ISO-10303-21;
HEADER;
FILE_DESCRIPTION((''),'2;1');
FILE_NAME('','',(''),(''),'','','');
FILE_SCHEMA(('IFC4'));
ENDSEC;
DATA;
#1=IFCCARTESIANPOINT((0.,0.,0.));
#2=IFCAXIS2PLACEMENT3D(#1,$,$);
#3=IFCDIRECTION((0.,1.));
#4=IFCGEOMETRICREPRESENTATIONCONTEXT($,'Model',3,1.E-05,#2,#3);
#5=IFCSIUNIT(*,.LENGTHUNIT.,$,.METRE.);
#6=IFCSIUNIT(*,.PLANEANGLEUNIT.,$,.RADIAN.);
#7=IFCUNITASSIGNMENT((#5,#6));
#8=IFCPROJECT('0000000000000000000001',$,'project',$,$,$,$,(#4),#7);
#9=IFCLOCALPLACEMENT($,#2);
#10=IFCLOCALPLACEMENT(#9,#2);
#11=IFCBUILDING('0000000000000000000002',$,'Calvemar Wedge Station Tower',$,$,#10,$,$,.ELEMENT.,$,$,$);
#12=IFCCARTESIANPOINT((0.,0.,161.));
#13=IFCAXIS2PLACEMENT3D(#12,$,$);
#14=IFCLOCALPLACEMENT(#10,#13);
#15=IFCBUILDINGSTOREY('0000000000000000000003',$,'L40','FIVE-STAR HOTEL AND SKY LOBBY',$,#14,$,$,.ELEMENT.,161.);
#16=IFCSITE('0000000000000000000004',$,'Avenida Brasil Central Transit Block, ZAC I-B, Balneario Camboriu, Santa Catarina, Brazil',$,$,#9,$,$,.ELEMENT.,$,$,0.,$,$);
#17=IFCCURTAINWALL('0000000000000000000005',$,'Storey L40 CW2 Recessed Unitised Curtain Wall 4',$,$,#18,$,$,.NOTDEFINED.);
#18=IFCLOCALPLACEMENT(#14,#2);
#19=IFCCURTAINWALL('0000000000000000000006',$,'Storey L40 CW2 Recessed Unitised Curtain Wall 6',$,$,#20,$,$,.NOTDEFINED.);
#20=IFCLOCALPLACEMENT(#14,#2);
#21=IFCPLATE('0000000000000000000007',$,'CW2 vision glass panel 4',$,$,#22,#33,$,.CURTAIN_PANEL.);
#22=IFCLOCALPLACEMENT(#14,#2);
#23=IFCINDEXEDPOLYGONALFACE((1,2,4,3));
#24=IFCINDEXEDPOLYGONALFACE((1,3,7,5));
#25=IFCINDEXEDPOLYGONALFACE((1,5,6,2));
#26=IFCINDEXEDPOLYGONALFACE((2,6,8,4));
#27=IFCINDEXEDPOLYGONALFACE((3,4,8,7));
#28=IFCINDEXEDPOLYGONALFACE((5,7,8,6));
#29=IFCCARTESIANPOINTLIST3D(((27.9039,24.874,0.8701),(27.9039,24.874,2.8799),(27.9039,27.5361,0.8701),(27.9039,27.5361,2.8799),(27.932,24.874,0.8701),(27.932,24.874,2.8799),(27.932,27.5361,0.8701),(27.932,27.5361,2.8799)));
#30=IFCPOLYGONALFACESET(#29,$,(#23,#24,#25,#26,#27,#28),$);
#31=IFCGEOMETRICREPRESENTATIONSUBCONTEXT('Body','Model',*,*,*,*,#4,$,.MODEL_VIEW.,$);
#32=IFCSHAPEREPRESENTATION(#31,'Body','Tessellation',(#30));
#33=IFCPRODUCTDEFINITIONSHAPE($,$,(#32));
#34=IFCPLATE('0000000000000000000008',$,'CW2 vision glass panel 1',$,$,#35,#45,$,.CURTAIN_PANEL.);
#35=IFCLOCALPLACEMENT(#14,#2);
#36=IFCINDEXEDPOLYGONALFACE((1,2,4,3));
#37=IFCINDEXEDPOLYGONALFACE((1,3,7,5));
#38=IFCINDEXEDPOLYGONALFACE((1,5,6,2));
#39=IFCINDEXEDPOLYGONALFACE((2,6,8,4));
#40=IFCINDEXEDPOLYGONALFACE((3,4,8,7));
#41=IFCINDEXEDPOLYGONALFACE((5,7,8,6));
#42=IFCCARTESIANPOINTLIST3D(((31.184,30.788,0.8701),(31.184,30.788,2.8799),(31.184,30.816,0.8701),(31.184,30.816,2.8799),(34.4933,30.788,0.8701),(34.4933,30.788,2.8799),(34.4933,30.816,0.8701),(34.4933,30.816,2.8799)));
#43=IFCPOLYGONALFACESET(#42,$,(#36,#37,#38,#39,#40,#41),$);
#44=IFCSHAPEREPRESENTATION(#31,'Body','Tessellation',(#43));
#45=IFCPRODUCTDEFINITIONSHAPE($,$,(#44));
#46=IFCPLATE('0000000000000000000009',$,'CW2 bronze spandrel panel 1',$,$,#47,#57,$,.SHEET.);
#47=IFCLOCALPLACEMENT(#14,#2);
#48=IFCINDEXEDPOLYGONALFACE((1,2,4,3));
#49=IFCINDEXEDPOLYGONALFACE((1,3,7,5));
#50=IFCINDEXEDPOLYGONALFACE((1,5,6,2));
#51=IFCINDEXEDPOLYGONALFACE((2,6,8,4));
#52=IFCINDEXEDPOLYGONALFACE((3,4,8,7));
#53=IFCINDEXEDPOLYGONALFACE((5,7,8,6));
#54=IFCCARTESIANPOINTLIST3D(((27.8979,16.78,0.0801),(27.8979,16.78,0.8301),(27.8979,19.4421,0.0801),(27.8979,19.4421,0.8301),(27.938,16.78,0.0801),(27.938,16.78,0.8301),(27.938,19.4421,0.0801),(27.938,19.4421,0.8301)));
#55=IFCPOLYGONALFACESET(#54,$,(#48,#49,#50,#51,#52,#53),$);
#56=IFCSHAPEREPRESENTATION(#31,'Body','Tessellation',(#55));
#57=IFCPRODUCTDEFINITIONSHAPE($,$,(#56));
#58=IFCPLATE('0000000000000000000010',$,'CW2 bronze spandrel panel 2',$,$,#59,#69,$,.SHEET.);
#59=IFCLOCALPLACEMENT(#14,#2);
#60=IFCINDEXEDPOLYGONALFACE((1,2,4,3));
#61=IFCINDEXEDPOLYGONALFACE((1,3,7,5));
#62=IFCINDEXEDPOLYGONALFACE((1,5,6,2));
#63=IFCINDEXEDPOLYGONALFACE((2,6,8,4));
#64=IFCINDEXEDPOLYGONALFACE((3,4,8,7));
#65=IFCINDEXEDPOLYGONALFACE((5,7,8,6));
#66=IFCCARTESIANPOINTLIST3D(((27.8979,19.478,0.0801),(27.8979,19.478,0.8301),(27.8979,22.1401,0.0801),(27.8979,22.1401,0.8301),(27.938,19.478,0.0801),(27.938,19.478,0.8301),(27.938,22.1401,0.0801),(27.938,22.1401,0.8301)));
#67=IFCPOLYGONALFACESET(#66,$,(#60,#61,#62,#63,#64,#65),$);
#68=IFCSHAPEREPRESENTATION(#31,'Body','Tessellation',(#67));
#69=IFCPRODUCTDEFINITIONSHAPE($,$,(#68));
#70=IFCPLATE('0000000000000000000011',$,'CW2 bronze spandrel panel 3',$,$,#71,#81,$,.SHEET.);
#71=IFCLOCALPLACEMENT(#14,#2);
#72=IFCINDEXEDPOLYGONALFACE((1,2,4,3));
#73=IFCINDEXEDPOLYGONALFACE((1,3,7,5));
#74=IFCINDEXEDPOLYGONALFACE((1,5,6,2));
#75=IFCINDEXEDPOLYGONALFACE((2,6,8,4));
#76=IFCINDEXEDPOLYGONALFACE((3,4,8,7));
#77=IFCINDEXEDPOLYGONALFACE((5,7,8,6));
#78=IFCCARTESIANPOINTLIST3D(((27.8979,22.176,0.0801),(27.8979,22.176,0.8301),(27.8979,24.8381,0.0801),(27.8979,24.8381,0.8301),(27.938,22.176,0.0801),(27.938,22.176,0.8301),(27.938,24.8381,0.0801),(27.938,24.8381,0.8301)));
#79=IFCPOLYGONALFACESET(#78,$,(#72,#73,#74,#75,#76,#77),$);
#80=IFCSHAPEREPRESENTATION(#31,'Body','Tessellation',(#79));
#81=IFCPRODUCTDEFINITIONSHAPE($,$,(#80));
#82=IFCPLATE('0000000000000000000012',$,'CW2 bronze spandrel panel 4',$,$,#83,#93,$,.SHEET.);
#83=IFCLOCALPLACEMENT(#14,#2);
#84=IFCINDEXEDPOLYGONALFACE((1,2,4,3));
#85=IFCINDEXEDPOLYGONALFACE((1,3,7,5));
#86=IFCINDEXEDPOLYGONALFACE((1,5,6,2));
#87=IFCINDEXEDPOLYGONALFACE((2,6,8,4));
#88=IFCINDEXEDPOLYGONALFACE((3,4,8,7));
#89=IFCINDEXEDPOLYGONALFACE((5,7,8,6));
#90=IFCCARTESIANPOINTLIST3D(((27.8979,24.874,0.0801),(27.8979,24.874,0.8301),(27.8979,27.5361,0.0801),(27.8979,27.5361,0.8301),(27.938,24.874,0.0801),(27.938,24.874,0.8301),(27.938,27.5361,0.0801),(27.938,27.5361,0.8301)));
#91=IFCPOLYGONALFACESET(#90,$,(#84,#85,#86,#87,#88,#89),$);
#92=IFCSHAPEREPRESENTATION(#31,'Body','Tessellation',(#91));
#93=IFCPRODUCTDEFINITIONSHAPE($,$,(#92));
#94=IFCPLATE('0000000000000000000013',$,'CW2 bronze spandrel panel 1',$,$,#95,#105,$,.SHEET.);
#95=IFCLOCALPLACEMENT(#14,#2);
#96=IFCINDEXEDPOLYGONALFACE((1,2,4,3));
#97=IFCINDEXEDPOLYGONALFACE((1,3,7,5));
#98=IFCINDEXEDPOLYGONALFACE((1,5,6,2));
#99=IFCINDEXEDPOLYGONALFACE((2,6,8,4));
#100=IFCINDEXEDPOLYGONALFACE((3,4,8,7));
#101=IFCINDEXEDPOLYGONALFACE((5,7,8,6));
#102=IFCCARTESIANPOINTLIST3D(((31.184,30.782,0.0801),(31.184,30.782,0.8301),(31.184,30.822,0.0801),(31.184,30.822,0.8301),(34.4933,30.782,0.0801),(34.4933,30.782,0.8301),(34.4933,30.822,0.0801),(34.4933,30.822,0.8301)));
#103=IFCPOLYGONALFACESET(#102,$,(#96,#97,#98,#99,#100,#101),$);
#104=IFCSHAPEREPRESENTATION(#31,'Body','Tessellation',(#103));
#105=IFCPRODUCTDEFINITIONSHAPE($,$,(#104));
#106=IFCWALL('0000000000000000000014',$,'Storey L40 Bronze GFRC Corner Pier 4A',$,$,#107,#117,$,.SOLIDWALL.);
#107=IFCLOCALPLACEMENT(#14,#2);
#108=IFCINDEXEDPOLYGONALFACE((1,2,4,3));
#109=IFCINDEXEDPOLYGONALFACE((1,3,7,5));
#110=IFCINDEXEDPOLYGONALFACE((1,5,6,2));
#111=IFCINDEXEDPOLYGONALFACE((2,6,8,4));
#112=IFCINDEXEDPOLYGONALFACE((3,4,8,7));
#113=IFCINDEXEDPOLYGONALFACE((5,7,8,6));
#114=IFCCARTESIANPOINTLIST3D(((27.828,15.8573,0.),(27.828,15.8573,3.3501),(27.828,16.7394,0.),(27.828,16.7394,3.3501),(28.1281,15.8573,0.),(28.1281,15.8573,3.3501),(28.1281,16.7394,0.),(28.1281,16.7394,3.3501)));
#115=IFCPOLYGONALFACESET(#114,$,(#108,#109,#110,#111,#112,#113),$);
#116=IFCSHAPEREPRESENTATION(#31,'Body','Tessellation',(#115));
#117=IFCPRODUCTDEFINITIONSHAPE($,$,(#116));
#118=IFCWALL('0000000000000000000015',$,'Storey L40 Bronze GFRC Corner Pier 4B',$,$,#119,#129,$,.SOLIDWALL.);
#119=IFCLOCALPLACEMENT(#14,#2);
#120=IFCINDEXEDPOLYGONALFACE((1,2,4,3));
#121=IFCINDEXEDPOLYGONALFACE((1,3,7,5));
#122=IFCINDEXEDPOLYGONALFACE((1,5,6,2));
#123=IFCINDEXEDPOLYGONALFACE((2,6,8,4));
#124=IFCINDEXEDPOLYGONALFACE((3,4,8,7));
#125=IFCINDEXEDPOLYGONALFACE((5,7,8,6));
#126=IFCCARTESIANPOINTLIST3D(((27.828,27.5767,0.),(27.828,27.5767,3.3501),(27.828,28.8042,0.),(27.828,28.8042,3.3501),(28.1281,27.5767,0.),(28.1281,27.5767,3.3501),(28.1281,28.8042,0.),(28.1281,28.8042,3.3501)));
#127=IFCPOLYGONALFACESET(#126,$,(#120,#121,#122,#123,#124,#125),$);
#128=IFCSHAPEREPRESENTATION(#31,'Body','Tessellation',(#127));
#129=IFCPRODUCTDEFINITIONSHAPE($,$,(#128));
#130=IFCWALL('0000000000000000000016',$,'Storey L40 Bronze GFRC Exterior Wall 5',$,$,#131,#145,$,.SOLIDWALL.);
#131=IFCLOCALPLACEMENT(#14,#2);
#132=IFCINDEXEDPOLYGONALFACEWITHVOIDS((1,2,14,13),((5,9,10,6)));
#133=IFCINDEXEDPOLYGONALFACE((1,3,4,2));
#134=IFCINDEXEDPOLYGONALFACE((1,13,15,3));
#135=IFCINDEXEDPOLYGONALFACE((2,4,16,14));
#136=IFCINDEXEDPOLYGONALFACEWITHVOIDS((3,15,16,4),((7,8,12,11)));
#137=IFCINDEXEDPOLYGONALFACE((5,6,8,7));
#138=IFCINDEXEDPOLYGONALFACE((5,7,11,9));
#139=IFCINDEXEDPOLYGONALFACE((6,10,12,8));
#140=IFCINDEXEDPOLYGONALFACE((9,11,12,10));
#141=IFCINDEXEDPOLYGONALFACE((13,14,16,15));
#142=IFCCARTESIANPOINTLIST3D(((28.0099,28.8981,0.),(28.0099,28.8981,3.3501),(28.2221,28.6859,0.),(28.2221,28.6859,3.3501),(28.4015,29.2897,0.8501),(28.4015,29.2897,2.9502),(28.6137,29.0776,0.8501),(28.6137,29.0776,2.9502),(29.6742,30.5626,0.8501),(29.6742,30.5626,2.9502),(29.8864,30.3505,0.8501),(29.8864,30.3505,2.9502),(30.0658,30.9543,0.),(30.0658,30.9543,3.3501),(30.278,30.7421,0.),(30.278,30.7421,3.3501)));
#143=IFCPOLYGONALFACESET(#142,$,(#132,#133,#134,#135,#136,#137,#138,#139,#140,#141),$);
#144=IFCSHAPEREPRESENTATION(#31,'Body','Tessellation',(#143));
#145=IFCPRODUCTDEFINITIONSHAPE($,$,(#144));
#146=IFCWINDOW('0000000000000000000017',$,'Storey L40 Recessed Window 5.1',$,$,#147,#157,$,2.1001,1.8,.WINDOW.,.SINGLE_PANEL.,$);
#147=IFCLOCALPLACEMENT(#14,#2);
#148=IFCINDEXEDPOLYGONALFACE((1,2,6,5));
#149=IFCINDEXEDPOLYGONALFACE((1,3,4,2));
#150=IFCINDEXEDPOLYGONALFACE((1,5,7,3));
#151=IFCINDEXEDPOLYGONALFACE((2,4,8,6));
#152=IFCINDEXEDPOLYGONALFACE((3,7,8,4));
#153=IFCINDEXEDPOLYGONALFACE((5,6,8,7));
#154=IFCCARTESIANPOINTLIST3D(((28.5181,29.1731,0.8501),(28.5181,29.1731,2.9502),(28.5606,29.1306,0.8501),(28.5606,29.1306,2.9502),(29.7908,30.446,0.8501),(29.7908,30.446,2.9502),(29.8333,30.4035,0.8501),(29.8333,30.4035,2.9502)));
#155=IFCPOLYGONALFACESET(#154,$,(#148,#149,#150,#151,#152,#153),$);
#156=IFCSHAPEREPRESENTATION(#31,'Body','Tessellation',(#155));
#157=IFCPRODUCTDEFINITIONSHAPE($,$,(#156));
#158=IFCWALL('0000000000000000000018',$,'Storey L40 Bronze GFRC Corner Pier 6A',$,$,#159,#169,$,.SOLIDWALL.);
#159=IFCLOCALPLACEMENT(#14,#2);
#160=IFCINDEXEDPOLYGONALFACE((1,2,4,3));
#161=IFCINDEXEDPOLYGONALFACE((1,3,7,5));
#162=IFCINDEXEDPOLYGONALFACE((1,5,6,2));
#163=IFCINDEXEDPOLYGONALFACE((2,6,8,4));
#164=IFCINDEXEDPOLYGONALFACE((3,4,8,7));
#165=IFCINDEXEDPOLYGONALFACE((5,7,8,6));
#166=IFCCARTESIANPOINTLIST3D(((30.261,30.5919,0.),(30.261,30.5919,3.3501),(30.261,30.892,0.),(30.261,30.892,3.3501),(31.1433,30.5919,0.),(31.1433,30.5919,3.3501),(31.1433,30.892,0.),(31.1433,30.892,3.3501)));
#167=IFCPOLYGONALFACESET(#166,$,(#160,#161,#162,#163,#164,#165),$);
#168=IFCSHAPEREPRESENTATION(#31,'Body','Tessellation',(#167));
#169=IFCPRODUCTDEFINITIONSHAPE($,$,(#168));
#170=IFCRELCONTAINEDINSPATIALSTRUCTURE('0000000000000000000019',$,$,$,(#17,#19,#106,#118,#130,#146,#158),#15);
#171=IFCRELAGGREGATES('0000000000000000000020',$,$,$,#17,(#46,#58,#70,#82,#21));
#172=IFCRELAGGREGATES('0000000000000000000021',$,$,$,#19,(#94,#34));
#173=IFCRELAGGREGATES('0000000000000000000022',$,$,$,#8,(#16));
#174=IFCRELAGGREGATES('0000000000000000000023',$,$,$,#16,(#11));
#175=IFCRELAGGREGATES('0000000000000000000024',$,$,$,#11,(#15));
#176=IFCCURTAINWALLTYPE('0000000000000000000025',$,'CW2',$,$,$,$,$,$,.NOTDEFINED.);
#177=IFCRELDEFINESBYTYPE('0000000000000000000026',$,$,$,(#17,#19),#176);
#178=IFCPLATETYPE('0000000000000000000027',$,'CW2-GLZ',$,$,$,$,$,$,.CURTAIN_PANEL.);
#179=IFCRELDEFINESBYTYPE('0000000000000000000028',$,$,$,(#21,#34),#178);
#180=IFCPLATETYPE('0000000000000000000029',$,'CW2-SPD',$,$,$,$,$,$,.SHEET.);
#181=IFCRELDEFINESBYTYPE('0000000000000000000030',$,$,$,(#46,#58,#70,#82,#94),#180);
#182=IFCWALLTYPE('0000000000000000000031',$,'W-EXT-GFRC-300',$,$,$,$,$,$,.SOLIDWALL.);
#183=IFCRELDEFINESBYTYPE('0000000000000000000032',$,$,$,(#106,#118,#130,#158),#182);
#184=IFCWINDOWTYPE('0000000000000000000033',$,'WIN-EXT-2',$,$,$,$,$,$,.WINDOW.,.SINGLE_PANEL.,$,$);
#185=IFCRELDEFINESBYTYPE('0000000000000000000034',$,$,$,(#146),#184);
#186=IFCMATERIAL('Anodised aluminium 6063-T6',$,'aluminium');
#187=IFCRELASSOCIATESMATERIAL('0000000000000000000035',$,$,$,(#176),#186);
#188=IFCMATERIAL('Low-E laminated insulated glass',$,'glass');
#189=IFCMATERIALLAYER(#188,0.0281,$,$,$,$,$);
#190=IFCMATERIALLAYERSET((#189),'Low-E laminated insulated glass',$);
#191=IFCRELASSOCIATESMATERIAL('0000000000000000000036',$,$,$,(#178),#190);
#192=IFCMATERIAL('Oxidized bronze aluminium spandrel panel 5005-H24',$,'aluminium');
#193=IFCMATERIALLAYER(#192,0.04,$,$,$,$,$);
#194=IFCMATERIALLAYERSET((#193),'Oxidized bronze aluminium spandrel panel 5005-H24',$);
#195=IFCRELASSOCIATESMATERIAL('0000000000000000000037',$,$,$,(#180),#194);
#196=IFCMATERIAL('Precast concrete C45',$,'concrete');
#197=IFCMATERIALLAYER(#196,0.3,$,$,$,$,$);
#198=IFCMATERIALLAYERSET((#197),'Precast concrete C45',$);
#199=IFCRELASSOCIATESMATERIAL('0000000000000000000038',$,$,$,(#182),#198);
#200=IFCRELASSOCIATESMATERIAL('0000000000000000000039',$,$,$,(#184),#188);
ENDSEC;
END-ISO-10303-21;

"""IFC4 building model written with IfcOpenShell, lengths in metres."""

from ifc_helpers import new_model, si_unit, direction, frame, frame_2d, origin, place, context, subcontext, project, spatial, rectangle, extrude, source, transform, mapped, material, layer, layer_set, type_object, element, fill, aggregate, save


model = new_model("IFC4")

# Units and contexts
model_context = context("Model", 3, precision=1e-05, world=origin(), true_north=direction((0.0, 1.0)))
body_context = subcontext(model_context, "Body", "Model", "MODEL_VIEW")
ifc_project = project(units=[si_unit("LENGTHUNIT", "METRE"), si_unit("PLANEANGLEUNIT", "RADIAN")], contexts=[model_context])

# Site, building, storey
site_placement = place(None, origin())
site = spatial("IfcSite", under=ifc_project, at=site_placement, Name="Avenida Brasil Central Transit Block, ZAC I-B, Balneario Camboriu, Santa Catarina, Brazil", CompositionType="ELEMENT", RefElevation=0.0)
building_placement = place(site_placement, origin())
building = spatial("IfcBuilding", under=site, at=building_placement, Name="Calvemar Wedge Station Tower", CompositionType="ELEMENT")
storey_placement = place(building_placement, frame((0.0, 0.0, 161.0)))
storey = spatial("IfcBuildingStorey", under=building, at=storey_placement, Name="L40", Description="FIVE-STAR HOTEL AND SKY LOBBY", CompositionType="ELEMENT", Elevation=161.0)

# Curtain walls
ifc_material_1 = material(Name="Anodised aluminium 6063-T6", Category="aluminium")
curtain_wall_type = type_object("IfcCurtainWallType", Name="CW2", PredefinedType="NOTDEFINED", material=ifc_material_1)
curtain_wall_1_placement = place(storey_placement, origin())
curtain_wall_1 = element("IfcCurtainWall", 1, at=curtain_wall_1_placement, inside=storey, type_object=curtain_wall_type, Name="Storey L40 CW2 Recessed Unitised Curtain Wall 4", PredefinedType="NOTDEFINED")
curtain_wall_2_placement = place(storey_placement, origin())
curtain_wall_2 = element("IfcCurtainWall", 2, at=curtain_wall_2_placement, inside=storey, type_object=curtain_wall_type, Name="Storey L40 CW2 Recessed Unitised Curtain Wall 6", PredefinedType="NOTDEFINED")

# Plates
ifc_material_2 = material(Name="Low-E laminated insulated glass", Category="glass")
ifc_layer_1 = layer(ifc_material_2, 0.0281)
ifc_layer_set_1 = layer_set([ifc_layer_1], Name="Low-E laminated insulated glass")
plate_type_1 = type_object("IfcPlateType", Name="CW2-GLZ", PredefinedType="CURTAIN_PANEL", material=ifc_layer_set_1)
plate_1_placement = place(storey_placement, frame((27.918, 24.874, 0.8701), z_axis=(0.0, 0.0, 1.0), x_axis=(0.0, 1.0, 0.0)))
plate_1 = element("IfcPlate", 3, at=plate_1_placement, type_object=plate_type_1, Name="CW2 vision glass panel 4", PredefinedType="CURTAIN_PANEL", context=body_context, shape_type="SweptSolid", body=[
    extrude(rectangle(XDim=2.6621, YDim=0.0281, at=frame_2d((1.3311, 0.0))), origin(), (0.0, 0.0, 1.0), 2.0098),
])
plate_2_placement = place(storey_placement, frame((31.1838, 30.802, 0.8701), z_axis=(0.0, 0.0, 1.0), x_axis=(1.0, 0.0, 0.0)))
plate_2 = element("IfcPlate", 4, at=plate_2_placement, type_object=plate_type_1, Name="CW2 vision glass panel 1", PredefinedType="CURTAIN_PANEL", context=body_context, shape_type="SweptSolid", body=[
    extrude(rectangle(XDim=3.3093, YDim=0.0281, at=frame_2d((1.6548, 0.0))), origin(), (0.0, 0.0, 1.0), 2.0098),
])
ifc_material_3 = material(Name="Oxidized bronze aluminium spandrel panel 5005-H24", Category="aluminium")
ifc_layer_2 = layer(ifc_material_3, 0.04)
ifc_layer_set_2 = layer_set([ifc_layer_2], Name="Oxidized bronze aluminium spandrel panel 5005-H24")
plate_type_2 = type_object("IfcPlateType", Name="CW2-SPD", PredefinedType="SHEET", material=ifc_layer_set_2)
plate_3_placement = place(storey_placement, frame((27.918, 16.78, 0.0801), z_axis=(0.0, 0.0, 1.0), x_axis=(0.0, 1.0, 0.0)))
plate_3 = element("IfcPlate", 5, at=plate_3_placement, type_object=plate_type_2, Name="CW2 bronze spandrel panel 1", PredefinedType="SHEET", context=body_context, shape_type="SweptSolid", body=[
    extrude(rectangle(XDim=2.6621, YDim=0.04, at=frame_2d((1.3311, 0.0))), origin(), (0.0, 0.0, 1.0), 0.75),
])
plate_4_placement = place(storey_placement, frame((27.918, 19.478, 0.0801), z_axis=(0.0, 0.0, 1.0), x_axis=(0.0, 1.0, 0.0)))
plate_4 = element("IfcPlate", 6, at=plate_4_placement, type_object=plate_type_2, Name="CW2 bronze spandrel panel 2", PredefinedType="SHEET", context=body_context, shape_type="SweptSolid", body=[
    extrude(rectangle(XDim=2.6621, YDim=0.04, at=frame_2d((1.3311, 0.0))), origin(), (0.0, 0.0, 1.0), 0.75),
])
plate_5_placement = place(storey_placement, frame((27.918, 22.176, 0.0801), z_axis=(0.0, 0.0, 1.0), x_axis=(0.0, 1.0, 0.0)))
plate_5 = element("IfcPlate", 7, at=plate_5_placement, type_object=plate_type_2, Name="CW2 bronze spandrel panel 3", PredefinedType="SHEET", context=body_context, shape_type="SweptSolid", body=[
    extrude(rectangle(XDim=2.6621, YDim=0.04, at=frame_2d((1.3311, 0.0))), origin(), (0.0, 0.0, 1.0), 0.75),
])
plate_6_placement = place(storey_placement, frame((27.918, 24.874, 0.0801), z_axis=(0.0, 0.0, 1.0), x_axis=(0.0, 1.0, 0.0)))
plate_6 = element("IfcPlate", 8, at=plate_6_placement, type_object=plate_type_2, Name="CW2 bronze spandrel panel 4", PredefinedType="SHEET", context=body_context, shape_type="SweptSolid", body=[
    extrude(rectangle(XDim=2.6621, YDim=0.04, at=frame_2d((1.3311, 0.0))), origin(), (0.0, 0.0, 1.0), 0.75),
])
aggregate(curtain_wall_1, [plate_3, plate_4, plate_5, plate_6, plate_1])
plate_7_placement = place(storey_placement, frame((31.1838, 30.802, 0.0801), z_axis=(0.0, 0.0, 1.0), x_axis=(1.0, 0.0, 0.0)))
plate_7 = element("IfcPlate", 9, at=plate_7_placement, type_object=plate_type_2, Name="CW2 bronze spandrel panel 1", PredefinedType="SHEET", context=body_context, shape_type="SweptSolid", body=[
    extrude(rectangle(XDim=3.3093, YDim=0.04, at=frame_2d((1.6548, 0.0))), origin(), (0.0, 0.0, 1.0), 0.75),
])
aggregate(curtain_wall_2, [plate_7, plate_2])

# Walls
ifc_material_4 = material(Name="Precast concrete C45", Category="concrete")
ifc_layer_3 = layer(ifc_material_4, 0.3)
ifc_layer_set_3 = layer_set([ifc_layer_3], Name="Precast concrete C45")
wall_type_1 = type_object("IfcWallType", Name="W-EXT-GFRC-300", PredefinedType="SOLIDWALL", material=ifc_layer_set_3)
wall_1_placement = place(storey_placement, frame((27.978, 15.8574, 0.0), z_axis=(0.0, 0.0, 1.0), x_axis=(0.0, 1.0, 0.0)))
element("IfcWall", 10, at=wall_1_placement, inside=storey, type_object=wall_type_1, Name="Storey L40 Bronze GFRC Corner Pier 4A", PredefinedType="SOLIDWALL", context=body_context, shape_type="SweptSolid", body=[
    extrude(rectangle(XDim=0.8821, YDim=0.3, at=frame_2d((0.4409, 0.0))), origin(), (0.0, 0.0, 1.0), 3.3501),
])
wall_2_placement = place(storey_placement, frame((27.978, 27.5767, 0.0), z_axis=(0.0, 0.0, 1.0), x_axis=(0.0, 1.0, 0.0)))
element("IfcWall", 11, at=wall_2_placement, inside=storey, type_object=wall_type_1, Name="Storey L40 Bronze GFRC Corner Pier 4B", PredefinedType="SOLIDWALL", context=body_context, shape_type="SweptSolid", body=[
    extrude(rectangle(XDim=1.2275, YDim=0.3, at=frame_2d((0.6138, 0.0))), origin(), (0.0, 0.0, 1.0), 3.3501),
])

# Wall, opening, window
wall_3_placement = place(storey_placement, frame((28.116, 28.792, 0.0), z_axis=(0.0, 0.0, 1.0), x_axis=(0.707065, 0.707149, 0.0)))
wall_3 = element("IfcWall", 12, at=wall_3_placement, inside=storey, type_object=wall_type_1, Name="Storey L40 Bronze GFRC Exterior Wall 5", PredefinedType="SOLIDWALL", context=body_context, shape_type="SweptSolid", body=[
    extrude(rectangle(XDim=2.9077, YDim=0.3, at=frame_2d((1.4539, 0.0))), origin(), (0.0, 0.0, 1.0), 3.3501),
])
shared_shape_1 = source(origin(), body_context, "Body", "SweptSolid", [
    extrude(rectangle(XDim=1.8, YDim=2.1001, at=frame_2d((0.8999, 1.05))), frame((0.0, 0.1602, 0.0), z_axis=(0.0, -1.0, 0.0), x_axis=(1.0, 0.0, 0.0)), (0.0, 0.0, 1.0), 0.3201),
])
opening_1_placement = place(wall_3_placement, frame((0.554, 0.0, 0.8501)))
opening_1 = element("IfcOpeningElement", 13, at=opening_1_placement, cuts=wall_3, PredefinedType="OPENING", context=body_context, shape_type="MappedRepresentation", body=[
    mapped(shared_shape_1, transform((0.0, 0.0, 0.0), scale=1.0)),
])
window_type = type_object("IfcWindowType", Name="WIN-EXT-2", PartitioningType="SINGLE_PANEL", PredefinedType="WINDOW", material=ifc_material_2)
shared_shape_2 = source(origin(), body_context, "Body", "SweptSolid", [
    extrude(rectangle(XDim=1.8, YDim=2.1001, at=frame_2d((0.8999, 1.05))), frame((0.0, -0.0149, 0.0), z_axis=(0.0, -1.0, 0.0), x_axis=(1.0, 0.0, 0.0)), (0.0, 0.0, 1.0), 0.0601),
])
window_placement = place(opening_1_placement, origin())
window = element("IfcWindow", 14, at=window_placement, inside=storey, type_object=window_type, Name="Storey L40 Recessed Window 5.1", OverallHeight=2.1001, OverallWidth=1.8, PartitioningType="SINGLE_PANEL", PredefinedType="WINDOW", context=body_context, shape_type="MappedRepresentation", body=[
    mapped(shared_shape_2, transform((0.0, 0.0, 0.0), scale=1.0)),
])
fill(opening_1, window)

# Wall
wall_4_placement = place(storey_placement, frame((30.261, 30.7419, 0.0), z_axis=(0.0, 0.0, 1.0), x_axis=(1.0, 0.0, 0.0)))
element("IfcWall", 15, at=wall_4_placement, inside=storey, type_object=wall_type_1, Name="Storey L40 Bronze GFRC Corner Pier 6A", PredefinedType="SOLIDWALL", context=body_context, shape_type="SweptSolid", body=[
    extrude(rectangle(XDim=0.8823, YDim=0.3, at=frame_2d((0.4412, 0.0))), origin(), (0.0, 0.0, 1.0), 3.3501),
])

save(model, "model.ifc")
